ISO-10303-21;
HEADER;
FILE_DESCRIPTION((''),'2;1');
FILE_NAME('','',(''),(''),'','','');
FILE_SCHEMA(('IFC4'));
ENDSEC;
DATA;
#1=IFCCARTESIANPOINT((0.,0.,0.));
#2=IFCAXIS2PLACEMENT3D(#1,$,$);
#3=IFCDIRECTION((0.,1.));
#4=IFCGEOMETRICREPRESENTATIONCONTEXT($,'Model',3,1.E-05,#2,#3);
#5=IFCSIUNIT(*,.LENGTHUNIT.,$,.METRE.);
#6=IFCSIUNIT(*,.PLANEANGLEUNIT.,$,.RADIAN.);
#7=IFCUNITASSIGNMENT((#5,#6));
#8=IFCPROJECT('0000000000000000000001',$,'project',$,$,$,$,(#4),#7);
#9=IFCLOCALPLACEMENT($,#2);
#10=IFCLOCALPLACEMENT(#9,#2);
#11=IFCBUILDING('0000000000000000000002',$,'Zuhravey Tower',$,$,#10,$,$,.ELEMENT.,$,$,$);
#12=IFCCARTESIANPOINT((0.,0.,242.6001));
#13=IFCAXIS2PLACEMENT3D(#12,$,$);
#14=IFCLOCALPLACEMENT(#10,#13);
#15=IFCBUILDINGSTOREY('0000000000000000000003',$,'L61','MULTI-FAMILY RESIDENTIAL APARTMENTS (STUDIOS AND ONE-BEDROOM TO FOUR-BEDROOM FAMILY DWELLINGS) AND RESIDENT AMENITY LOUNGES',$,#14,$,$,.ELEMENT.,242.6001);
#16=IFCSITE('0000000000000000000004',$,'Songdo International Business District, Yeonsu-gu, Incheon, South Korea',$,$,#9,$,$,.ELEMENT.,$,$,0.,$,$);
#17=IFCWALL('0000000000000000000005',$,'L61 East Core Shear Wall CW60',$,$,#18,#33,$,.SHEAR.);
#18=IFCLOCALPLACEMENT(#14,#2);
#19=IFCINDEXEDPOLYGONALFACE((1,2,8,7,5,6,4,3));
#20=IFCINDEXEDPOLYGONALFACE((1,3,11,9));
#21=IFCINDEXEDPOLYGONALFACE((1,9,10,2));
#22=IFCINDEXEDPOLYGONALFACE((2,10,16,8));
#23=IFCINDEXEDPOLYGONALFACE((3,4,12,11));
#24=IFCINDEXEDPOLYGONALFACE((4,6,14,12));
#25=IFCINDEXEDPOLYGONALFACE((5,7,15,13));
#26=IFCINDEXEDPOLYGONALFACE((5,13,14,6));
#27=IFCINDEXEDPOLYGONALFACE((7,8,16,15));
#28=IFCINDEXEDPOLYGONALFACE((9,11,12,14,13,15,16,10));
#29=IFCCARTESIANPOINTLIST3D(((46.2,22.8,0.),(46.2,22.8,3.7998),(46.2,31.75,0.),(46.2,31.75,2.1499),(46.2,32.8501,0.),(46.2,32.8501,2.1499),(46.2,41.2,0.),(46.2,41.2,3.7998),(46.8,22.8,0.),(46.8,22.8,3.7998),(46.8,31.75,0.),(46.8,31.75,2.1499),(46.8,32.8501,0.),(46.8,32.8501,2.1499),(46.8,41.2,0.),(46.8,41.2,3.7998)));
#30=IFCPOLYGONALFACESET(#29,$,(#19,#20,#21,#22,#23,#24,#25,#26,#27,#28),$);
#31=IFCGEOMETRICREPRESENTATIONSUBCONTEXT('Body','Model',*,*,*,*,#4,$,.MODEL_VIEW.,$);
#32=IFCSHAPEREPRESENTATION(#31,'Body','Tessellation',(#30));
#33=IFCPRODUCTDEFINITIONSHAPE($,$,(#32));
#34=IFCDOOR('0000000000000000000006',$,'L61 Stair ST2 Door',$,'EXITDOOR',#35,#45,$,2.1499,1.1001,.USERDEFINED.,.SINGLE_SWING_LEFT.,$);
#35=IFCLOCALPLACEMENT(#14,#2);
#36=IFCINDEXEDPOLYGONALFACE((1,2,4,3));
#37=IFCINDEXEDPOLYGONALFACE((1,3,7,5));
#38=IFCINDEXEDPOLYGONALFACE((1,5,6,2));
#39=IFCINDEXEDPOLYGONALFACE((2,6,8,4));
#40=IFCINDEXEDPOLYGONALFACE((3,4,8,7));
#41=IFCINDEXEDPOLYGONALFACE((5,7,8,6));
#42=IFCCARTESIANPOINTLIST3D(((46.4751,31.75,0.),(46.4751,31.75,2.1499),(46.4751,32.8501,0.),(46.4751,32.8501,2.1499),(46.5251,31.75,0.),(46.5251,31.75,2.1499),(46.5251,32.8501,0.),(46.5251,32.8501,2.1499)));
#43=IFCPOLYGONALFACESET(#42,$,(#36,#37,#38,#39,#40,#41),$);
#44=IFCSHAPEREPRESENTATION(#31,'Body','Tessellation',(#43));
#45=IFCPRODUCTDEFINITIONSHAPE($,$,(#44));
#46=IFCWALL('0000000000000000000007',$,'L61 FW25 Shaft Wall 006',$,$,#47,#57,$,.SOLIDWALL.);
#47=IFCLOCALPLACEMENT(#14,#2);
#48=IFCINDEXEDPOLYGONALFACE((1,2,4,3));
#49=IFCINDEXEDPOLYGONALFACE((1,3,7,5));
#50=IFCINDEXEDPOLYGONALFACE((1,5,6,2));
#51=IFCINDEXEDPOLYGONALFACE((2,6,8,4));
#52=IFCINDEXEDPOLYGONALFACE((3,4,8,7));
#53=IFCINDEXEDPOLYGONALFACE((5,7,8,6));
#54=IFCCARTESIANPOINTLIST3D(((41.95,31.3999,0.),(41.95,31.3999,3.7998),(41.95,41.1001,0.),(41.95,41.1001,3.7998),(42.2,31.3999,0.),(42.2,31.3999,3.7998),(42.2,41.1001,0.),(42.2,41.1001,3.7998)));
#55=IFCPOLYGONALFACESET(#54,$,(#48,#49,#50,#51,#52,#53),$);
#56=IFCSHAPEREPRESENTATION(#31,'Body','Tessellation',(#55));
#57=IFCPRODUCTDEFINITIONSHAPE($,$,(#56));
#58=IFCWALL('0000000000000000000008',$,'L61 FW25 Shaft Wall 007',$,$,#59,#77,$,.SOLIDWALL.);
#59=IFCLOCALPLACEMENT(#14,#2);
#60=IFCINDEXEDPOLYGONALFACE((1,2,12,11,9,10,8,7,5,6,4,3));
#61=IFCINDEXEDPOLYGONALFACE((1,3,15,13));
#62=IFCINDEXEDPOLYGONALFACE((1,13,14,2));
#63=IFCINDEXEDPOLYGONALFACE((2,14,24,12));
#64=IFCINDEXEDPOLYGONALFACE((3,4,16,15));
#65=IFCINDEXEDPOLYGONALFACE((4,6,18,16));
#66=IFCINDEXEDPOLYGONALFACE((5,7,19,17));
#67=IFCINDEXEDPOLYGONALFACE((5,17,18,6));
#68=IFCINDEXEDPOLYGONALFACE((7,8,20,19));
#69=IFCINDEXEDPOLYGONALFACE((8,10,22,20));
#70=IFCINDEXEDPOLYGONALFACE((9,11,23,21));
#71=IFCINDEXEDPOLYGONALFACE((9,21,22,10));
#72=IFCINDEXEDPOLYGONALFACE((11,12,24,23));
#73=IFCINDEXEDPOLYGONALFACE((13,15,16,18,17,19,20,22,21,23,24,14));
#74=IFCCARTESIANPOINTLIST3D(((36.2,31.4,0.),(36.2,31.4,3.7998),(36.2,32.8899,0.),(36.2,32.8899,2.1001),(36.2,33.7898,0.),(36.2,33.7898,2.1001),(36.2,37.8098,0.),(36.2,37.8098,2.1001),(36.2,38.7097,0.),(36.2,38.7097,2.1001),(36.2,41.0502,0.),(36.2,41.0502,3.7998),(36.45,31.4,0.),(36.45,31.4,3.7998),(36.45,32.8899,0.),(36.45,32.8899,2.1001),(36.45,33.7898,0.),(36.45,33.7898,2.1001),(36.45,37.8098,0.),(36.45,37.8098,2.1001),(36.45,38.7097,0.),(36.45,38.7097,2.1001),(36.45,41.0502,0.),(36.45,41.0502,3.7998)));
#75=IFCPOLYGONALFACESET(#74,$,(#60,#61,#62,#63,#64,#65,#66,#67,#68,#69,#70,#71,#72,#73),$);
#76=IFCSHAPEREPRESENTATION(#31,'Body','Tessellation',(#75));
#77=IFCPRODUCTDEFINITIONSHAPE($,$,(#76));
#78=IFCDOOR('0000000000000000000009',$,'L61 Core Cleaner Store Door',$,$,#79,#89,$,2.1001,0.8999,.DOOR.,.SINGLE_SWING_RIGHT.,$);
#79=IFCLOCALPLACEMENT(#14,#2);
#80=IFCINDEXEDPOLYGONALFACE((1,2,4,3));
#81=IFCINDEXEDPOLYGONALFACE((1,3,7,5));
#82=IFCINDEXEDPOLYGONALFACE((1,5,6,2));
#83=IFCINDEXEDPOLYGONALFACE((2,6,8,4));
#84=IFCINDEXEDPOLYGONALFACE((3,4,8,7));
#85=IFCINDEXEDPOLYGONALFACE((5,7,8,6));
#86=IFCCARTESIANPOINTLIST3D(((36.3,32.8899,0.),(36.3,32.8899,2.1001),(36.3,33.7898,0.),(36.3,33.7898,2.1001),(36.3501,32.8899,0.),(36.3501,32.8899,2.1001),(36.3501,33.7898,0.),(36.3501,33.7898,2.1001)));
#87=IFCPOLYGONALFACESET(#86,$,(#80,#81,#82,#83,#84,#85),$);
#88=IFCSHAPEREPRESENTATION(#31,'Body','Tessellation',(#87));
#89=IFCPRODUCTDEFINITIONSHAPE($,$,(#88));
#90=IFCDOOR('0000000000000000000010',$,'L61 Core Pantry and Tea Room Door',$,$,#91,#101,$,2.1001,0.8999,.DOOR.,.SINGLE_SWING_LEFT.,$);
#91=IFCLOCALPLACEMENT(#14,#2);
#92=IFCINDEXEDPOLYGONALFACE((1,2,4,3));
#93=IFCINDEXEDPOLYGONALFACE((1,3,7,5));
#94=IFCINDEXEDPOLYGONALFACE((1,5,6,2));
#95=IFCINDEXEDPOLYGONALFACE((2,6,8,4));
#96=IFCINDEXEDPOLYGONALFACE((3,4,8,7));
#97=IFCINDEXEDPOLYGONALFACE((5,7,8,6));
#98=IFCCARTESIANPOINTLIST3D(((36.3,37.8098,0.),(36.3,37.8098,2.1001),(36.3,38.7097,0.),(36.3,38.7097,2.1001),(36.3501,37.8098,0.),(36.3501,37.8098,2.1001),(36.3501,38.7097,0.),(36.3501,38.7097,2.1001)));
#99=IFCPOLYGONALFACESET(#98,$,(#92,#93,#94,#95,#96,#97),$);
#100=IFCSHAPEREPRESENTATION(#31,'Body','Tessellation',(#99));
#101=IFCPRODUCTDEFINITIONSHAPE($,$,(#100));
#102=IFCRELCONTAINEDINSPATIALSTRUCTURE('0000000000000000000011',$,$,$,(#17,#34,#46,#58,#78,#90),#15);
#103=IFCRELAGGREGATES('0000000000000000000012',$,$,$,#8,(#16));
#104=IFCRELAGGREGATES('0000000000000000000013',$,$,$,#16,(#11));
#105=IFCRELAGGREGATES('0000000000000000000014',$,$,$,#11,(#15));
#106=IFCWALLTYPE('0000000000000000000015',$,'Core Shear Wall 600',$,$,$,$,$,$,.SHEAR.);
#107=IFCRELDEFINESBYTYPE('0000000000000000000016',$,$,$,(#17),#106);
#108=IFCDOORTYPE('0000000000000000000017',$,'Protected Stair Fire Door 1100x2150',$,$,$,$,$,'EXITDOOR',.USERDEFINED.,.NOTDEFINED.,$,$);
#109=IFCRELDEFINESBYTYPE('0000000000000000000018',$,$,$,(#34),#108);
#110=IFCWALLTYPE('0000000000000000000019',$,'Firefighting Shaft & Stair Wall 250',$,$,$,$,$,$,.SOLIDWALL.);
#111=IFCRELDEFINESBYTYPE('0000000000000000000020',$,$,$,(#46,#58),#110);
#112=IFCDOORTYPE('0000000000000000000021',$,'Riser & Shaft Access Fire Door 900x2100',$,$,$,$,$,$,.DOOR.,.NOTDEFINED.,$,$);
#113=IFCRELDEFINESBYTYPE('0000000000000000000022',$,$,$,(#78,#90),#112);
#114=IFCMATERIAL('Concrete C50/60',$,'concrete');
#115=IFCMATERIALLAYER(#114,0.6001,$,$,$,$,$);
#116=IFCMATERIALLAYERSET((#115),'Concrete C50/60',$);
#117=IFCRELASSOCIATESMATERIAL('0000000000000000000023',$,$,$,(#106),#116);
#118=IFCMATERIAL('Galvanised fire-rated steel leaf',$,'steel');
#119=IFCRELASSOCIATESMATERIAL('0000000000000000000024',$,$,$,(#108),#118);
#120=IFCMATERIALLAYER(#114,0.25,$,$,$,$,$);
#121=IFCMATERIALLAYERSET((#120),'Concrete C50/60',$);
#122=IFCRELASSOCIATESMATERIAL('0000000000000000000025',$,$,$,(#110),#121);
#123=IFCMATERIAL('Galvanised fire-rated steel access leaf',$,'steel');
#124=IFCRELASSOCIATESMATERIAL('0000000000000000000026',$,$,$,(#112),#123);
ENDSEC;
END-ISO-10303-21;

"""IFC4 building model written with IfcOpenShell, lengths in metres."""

from ifc_helpers import new_model, si_unit, direction, frame, frame_2d, origin, place, context, subcontext, project, spatial, rectangle, extrude, material, layer, layer_set, type_object, element, fill, save


model = new_model("IFC4")

# Units and contexts
model_context = context("Model", 3, precision=1e-05, world=origin(), true_north=direction((0.0, 1.0)))
body_context = subcontext(model_context, "Body", "Model", "MODEL_VIEW")
ifc_project = project(units=[si_unit("LENGTHUNIT", "METRE"), si_unit("PLANEANGLEUNIT", "RADIAN")], contexts=[model_context])

# Site, building, storey
site_placement = place(None, origin())
site = spatial("IfcSite", under=ifc_project, at=site_placement, Name="Songdo International Business District, Yeonsu-gu, Incheon, South Korea", CompositionType="ELEMENT", RefElevation=0.0)
building_placement = place(site_placement, origin())
building = spatial("IfcBuilding", under=site, at=building_placement, Name="Zuhravey Tower", CompositionType="ELEMENT")
storey_placement = place(building_placement, frame((0.0, 0.0, 242.6001)))
storey = spatial("IfcBuildingStorey", under=building, at=storey_placement, Name="L61", Description="MULTI-FAMILY RESIDENTIAL APARTMENTS (STUDIOS AND ONE-BEDROOM TO FOUR-BEDROOM FAMILY DWELLINGS) AND RESIDENT AMENITY LOUNGES", CompositionType="ELEMENT", Elevation=242.6001)

# Wall, opening, door
ifc_material_1 = material(Name="Concrete C50/60", Category="concrete")
ifc_layer_1 = layer(ifc_material_1, 0.6001)
ifc_layer_set_1 = layer_set([ifc_layer_1], Name="Concrete C50/60")
wall_type_1 = type_object("IfcWallType", Name="Core Shear Wall 600", PredefinedType="SHEAR", material=ifc_layer_set_1)
ifc_material_2 = material(Name="Galvanised fire-rated steel leaf", Category="steel")
wall_1_placement = place(storey_placement, frame((46.5, 22.8, 0.0), z_axis=(0.0, 0.0, 1.0), x_axis=(0.0, 1.0, 0.0)))
wall_1 = element("IfcWall", 1, at=wall_1_placement, inside=storey, type_object=wall_type_1, Name="L61 East Core Shear Wall CW60", PredefinedType="SHEAR", context=body_context, shape_type="SweptSolid", body=[
    extrude(rectangle(XDim=18.3999, YDim=0.6001, at=frame_2d((9.2, 0.0))), origin(), (0.0, 0.0, 1.0), 3.7998),
])
opening_1_placement = place(wall_1_placement, frame((8.95, 0.0, 0.0)))
opening_1 = element("IfcOpeningElement", 2, at=opening_1_placement, cuts=wall_1, PredefinedType="OPENING", context=body_context, shape_type="SweptSolid", body=[
    extrude(rectangle(XDim=1.1001, YDim=2.1499, at=frame_2d((0.55, 1.075))), frame((0.0, 0.312, 0.0), z_axis=(0.0, -1.0, 0.0), x_axis=(1.0, 0.0, 0.0)), (0.0, 0.0, 1.0), 0.624),
])
door_type_1 = type_object("IfcDoorType", Name="Protected Stair Fire Door 1100x2150", ElementType="EXITDOOR", OperationType="NOTDEFINED", PredefinedType="USERDEFINED", material=ifc_material_2)
door_1_placement = place(opening_1_placement, origin())
door_1 = element("IfcDoor", 3, at=door_1_placement, inside=storey, type_object=door_type_1, Name="L61 Stair ST2 Door", ObjectType="EXITDOOR", OperationType="SINGLE_SWING_LEFT", OverallHeight=2.1499, OverallWidth=1.1001, PredefinedType="USERDEFINED", context=body_context, shape_type="SweptSolid", body=[
    extrude(rectangle(XDim=1.1001, YDim=2.1499, at=frame_2d((0.55, 1.075))), frame((0.0, 0.0249, 0.0), z_axis=(0.0, -1.0, 0.0), x_axis=(1.0, 0.0, 0.0)), (0.0, 0.0, 1.0), 0.05),
])
fill(opening_1, door_1)
ifc_layer_2 = layer(ifc_material_1, 0.25)
ifc_layer_set_2 = layer_set([ifc_layer_2], Name="Concrete C50/60")
wall_type_2 = type_object("IfcWallType", Name="Firefighting Shaft & Stair Wall 250", PredefinedType="SOLIDWALL", material=ifc_layer_set_2)

# Wall
wall_2_placement = place(storey_placement, frame((42.075, 31.3999, 0.0), z_axis=(0.0, 0.0, 1.0), x_axis=(0.0, 1.0, 0.0)))
element("IfcWall", 4, at=wall_2_placement, inside=storey, type_object=wall_type_2, Name="L61 FW25 Shaft Wall 006", PredefinedType="SOLIDWALL", context=body_context, shape_type="SweptSolid", body=[
    extrude(rectangle(XDim=9.7002, YDim=0.25, at=frame_2d((4.8501, 0.0))), origin(), (0.0, 0.0, 1.0), 3.7998),
])

# Wall, openings, doors
wall_3_placement = place(storey_placement, frame((36.325, 31.3999, 0.0), z_axis=(0.0, 0.0, 1.0), x_axis=(0.0, 1.0, 0.0)))
wall_3 = element("IfcWall", 5, at=wall_3_placement, inside=storey, type_object=wall_type_2, Name="L61 FW25 Shaft Wall 007", PredefinedType="SOLIDWALL", context=body_context, shape_type="SweptSolid", body=[
    extrude(rectangle(XDim=9.6501, YDim=0.25, at=frame_2d((4.8252, 0.0))), origin(), (0.0, 0.0, 1.0), 3.7998),
])
opening_2_placement = place(wall_3_placement, frame((1.49, 0.0, 0.0)))
opening_2 = element("IfcOpeningElement", 6, at=opening_2_placement, cuts=wall_3, PredefinedType="OPENING", context=body_context, shape_type="SweptSolid", body=[
    extrude(rectangle(XDim=0.8999, YDim=2.1001, at=frame_2d((0.45, 1.05))), frame((0.0, 0.137, 0.0), z_axis=(0.0, -1.0, 0.0), x_axis=(1.0, 0.0, 0.0)), (0.0, 0.0, 1.0), 0.2739),
])
opening_3_placement = place(wall_3_placement, frame((6.4099, 0.0, 0.0)))
opening_3 = element("IfcOpeningElement", 7, at=opening_3_placement, cuts=wall_3, PredefinedType="OPENING", context=body_context, shape_type="SweptSolid", body=[
    extrude(rectangle(XDim=0.8999, YDim=2.1001, at=frame_2d((0.45, 1.05))), frame((0.0, 0.137, 0.0), z_axis=(0.0, -1.0, 0.0), x_axis=(1.0, 0.0, 0.0)), (0.0, 0.0, 1.0), 0.2739),
])
ifc_material_3 = material(Name="Galvanised fire-rated steel access leaf", Category="steel")
door_type_2 = type_object("IfcDoorType", Name="Riser & Shaft Access Fire Door 900x2100", OperationType="NOTDEFINED", PredefinedType="DOOR", material=ifc_material_3)
door_2_placement = place(opening_2_placement, origin())
door_2 = element("IfcDoor", 8, at=door_2_placement, inside=storey, type_object=door_type_2, Name="L61 Core Cleaner Store Door", OperationType="SINGLE_SWING_RIGHT", OverallHeight=2.1001, OverallWidth=0.8999, PredefinedType="DOOR", context=body_context, shape_type="SweptSolid", body=[
    extrude(rectangle(XDim=0.8999, YDim=2.1001, at=frame_2d((0.45, 1.05))), frame((0.0, 0.0249, 0.0), z_axis=(0.0, -1.0, 0.0), x_axis=(1.0, 0.0, 0.0)), (0.0, 0.0, 1.0), 0.05),
])
fill(opening_2, door_2)
door_3_placement = place(opening_3_placement, origin())
door_3 = element("IfcDoor", 9, at=door_3_placement, inside=storey, type_object=door_type_2, Name="L61 Core Pantry and Tea Room Door", OperationType="SINGLE_SWING_LEFT", OverallHeight=2.1001, OverallWidth=0.8999, PredefinedType="DOOR", context=body_context, shape_type="SweptSolid", body=[
    extrude(rectangle(XDim=0.8999, YDim=2.1001, at=frame_2d((0.45, 1.05))), frame((0.0, 0.0249, 0.0), z_axis=(0.0, -1.0, 0.0), x_axis=(1.0, 0.0, 0.0)), (0.0, 0.0, 1.0), 0.05),
])
fill(opening_3, door_3)

save(model, "model.ifc")
